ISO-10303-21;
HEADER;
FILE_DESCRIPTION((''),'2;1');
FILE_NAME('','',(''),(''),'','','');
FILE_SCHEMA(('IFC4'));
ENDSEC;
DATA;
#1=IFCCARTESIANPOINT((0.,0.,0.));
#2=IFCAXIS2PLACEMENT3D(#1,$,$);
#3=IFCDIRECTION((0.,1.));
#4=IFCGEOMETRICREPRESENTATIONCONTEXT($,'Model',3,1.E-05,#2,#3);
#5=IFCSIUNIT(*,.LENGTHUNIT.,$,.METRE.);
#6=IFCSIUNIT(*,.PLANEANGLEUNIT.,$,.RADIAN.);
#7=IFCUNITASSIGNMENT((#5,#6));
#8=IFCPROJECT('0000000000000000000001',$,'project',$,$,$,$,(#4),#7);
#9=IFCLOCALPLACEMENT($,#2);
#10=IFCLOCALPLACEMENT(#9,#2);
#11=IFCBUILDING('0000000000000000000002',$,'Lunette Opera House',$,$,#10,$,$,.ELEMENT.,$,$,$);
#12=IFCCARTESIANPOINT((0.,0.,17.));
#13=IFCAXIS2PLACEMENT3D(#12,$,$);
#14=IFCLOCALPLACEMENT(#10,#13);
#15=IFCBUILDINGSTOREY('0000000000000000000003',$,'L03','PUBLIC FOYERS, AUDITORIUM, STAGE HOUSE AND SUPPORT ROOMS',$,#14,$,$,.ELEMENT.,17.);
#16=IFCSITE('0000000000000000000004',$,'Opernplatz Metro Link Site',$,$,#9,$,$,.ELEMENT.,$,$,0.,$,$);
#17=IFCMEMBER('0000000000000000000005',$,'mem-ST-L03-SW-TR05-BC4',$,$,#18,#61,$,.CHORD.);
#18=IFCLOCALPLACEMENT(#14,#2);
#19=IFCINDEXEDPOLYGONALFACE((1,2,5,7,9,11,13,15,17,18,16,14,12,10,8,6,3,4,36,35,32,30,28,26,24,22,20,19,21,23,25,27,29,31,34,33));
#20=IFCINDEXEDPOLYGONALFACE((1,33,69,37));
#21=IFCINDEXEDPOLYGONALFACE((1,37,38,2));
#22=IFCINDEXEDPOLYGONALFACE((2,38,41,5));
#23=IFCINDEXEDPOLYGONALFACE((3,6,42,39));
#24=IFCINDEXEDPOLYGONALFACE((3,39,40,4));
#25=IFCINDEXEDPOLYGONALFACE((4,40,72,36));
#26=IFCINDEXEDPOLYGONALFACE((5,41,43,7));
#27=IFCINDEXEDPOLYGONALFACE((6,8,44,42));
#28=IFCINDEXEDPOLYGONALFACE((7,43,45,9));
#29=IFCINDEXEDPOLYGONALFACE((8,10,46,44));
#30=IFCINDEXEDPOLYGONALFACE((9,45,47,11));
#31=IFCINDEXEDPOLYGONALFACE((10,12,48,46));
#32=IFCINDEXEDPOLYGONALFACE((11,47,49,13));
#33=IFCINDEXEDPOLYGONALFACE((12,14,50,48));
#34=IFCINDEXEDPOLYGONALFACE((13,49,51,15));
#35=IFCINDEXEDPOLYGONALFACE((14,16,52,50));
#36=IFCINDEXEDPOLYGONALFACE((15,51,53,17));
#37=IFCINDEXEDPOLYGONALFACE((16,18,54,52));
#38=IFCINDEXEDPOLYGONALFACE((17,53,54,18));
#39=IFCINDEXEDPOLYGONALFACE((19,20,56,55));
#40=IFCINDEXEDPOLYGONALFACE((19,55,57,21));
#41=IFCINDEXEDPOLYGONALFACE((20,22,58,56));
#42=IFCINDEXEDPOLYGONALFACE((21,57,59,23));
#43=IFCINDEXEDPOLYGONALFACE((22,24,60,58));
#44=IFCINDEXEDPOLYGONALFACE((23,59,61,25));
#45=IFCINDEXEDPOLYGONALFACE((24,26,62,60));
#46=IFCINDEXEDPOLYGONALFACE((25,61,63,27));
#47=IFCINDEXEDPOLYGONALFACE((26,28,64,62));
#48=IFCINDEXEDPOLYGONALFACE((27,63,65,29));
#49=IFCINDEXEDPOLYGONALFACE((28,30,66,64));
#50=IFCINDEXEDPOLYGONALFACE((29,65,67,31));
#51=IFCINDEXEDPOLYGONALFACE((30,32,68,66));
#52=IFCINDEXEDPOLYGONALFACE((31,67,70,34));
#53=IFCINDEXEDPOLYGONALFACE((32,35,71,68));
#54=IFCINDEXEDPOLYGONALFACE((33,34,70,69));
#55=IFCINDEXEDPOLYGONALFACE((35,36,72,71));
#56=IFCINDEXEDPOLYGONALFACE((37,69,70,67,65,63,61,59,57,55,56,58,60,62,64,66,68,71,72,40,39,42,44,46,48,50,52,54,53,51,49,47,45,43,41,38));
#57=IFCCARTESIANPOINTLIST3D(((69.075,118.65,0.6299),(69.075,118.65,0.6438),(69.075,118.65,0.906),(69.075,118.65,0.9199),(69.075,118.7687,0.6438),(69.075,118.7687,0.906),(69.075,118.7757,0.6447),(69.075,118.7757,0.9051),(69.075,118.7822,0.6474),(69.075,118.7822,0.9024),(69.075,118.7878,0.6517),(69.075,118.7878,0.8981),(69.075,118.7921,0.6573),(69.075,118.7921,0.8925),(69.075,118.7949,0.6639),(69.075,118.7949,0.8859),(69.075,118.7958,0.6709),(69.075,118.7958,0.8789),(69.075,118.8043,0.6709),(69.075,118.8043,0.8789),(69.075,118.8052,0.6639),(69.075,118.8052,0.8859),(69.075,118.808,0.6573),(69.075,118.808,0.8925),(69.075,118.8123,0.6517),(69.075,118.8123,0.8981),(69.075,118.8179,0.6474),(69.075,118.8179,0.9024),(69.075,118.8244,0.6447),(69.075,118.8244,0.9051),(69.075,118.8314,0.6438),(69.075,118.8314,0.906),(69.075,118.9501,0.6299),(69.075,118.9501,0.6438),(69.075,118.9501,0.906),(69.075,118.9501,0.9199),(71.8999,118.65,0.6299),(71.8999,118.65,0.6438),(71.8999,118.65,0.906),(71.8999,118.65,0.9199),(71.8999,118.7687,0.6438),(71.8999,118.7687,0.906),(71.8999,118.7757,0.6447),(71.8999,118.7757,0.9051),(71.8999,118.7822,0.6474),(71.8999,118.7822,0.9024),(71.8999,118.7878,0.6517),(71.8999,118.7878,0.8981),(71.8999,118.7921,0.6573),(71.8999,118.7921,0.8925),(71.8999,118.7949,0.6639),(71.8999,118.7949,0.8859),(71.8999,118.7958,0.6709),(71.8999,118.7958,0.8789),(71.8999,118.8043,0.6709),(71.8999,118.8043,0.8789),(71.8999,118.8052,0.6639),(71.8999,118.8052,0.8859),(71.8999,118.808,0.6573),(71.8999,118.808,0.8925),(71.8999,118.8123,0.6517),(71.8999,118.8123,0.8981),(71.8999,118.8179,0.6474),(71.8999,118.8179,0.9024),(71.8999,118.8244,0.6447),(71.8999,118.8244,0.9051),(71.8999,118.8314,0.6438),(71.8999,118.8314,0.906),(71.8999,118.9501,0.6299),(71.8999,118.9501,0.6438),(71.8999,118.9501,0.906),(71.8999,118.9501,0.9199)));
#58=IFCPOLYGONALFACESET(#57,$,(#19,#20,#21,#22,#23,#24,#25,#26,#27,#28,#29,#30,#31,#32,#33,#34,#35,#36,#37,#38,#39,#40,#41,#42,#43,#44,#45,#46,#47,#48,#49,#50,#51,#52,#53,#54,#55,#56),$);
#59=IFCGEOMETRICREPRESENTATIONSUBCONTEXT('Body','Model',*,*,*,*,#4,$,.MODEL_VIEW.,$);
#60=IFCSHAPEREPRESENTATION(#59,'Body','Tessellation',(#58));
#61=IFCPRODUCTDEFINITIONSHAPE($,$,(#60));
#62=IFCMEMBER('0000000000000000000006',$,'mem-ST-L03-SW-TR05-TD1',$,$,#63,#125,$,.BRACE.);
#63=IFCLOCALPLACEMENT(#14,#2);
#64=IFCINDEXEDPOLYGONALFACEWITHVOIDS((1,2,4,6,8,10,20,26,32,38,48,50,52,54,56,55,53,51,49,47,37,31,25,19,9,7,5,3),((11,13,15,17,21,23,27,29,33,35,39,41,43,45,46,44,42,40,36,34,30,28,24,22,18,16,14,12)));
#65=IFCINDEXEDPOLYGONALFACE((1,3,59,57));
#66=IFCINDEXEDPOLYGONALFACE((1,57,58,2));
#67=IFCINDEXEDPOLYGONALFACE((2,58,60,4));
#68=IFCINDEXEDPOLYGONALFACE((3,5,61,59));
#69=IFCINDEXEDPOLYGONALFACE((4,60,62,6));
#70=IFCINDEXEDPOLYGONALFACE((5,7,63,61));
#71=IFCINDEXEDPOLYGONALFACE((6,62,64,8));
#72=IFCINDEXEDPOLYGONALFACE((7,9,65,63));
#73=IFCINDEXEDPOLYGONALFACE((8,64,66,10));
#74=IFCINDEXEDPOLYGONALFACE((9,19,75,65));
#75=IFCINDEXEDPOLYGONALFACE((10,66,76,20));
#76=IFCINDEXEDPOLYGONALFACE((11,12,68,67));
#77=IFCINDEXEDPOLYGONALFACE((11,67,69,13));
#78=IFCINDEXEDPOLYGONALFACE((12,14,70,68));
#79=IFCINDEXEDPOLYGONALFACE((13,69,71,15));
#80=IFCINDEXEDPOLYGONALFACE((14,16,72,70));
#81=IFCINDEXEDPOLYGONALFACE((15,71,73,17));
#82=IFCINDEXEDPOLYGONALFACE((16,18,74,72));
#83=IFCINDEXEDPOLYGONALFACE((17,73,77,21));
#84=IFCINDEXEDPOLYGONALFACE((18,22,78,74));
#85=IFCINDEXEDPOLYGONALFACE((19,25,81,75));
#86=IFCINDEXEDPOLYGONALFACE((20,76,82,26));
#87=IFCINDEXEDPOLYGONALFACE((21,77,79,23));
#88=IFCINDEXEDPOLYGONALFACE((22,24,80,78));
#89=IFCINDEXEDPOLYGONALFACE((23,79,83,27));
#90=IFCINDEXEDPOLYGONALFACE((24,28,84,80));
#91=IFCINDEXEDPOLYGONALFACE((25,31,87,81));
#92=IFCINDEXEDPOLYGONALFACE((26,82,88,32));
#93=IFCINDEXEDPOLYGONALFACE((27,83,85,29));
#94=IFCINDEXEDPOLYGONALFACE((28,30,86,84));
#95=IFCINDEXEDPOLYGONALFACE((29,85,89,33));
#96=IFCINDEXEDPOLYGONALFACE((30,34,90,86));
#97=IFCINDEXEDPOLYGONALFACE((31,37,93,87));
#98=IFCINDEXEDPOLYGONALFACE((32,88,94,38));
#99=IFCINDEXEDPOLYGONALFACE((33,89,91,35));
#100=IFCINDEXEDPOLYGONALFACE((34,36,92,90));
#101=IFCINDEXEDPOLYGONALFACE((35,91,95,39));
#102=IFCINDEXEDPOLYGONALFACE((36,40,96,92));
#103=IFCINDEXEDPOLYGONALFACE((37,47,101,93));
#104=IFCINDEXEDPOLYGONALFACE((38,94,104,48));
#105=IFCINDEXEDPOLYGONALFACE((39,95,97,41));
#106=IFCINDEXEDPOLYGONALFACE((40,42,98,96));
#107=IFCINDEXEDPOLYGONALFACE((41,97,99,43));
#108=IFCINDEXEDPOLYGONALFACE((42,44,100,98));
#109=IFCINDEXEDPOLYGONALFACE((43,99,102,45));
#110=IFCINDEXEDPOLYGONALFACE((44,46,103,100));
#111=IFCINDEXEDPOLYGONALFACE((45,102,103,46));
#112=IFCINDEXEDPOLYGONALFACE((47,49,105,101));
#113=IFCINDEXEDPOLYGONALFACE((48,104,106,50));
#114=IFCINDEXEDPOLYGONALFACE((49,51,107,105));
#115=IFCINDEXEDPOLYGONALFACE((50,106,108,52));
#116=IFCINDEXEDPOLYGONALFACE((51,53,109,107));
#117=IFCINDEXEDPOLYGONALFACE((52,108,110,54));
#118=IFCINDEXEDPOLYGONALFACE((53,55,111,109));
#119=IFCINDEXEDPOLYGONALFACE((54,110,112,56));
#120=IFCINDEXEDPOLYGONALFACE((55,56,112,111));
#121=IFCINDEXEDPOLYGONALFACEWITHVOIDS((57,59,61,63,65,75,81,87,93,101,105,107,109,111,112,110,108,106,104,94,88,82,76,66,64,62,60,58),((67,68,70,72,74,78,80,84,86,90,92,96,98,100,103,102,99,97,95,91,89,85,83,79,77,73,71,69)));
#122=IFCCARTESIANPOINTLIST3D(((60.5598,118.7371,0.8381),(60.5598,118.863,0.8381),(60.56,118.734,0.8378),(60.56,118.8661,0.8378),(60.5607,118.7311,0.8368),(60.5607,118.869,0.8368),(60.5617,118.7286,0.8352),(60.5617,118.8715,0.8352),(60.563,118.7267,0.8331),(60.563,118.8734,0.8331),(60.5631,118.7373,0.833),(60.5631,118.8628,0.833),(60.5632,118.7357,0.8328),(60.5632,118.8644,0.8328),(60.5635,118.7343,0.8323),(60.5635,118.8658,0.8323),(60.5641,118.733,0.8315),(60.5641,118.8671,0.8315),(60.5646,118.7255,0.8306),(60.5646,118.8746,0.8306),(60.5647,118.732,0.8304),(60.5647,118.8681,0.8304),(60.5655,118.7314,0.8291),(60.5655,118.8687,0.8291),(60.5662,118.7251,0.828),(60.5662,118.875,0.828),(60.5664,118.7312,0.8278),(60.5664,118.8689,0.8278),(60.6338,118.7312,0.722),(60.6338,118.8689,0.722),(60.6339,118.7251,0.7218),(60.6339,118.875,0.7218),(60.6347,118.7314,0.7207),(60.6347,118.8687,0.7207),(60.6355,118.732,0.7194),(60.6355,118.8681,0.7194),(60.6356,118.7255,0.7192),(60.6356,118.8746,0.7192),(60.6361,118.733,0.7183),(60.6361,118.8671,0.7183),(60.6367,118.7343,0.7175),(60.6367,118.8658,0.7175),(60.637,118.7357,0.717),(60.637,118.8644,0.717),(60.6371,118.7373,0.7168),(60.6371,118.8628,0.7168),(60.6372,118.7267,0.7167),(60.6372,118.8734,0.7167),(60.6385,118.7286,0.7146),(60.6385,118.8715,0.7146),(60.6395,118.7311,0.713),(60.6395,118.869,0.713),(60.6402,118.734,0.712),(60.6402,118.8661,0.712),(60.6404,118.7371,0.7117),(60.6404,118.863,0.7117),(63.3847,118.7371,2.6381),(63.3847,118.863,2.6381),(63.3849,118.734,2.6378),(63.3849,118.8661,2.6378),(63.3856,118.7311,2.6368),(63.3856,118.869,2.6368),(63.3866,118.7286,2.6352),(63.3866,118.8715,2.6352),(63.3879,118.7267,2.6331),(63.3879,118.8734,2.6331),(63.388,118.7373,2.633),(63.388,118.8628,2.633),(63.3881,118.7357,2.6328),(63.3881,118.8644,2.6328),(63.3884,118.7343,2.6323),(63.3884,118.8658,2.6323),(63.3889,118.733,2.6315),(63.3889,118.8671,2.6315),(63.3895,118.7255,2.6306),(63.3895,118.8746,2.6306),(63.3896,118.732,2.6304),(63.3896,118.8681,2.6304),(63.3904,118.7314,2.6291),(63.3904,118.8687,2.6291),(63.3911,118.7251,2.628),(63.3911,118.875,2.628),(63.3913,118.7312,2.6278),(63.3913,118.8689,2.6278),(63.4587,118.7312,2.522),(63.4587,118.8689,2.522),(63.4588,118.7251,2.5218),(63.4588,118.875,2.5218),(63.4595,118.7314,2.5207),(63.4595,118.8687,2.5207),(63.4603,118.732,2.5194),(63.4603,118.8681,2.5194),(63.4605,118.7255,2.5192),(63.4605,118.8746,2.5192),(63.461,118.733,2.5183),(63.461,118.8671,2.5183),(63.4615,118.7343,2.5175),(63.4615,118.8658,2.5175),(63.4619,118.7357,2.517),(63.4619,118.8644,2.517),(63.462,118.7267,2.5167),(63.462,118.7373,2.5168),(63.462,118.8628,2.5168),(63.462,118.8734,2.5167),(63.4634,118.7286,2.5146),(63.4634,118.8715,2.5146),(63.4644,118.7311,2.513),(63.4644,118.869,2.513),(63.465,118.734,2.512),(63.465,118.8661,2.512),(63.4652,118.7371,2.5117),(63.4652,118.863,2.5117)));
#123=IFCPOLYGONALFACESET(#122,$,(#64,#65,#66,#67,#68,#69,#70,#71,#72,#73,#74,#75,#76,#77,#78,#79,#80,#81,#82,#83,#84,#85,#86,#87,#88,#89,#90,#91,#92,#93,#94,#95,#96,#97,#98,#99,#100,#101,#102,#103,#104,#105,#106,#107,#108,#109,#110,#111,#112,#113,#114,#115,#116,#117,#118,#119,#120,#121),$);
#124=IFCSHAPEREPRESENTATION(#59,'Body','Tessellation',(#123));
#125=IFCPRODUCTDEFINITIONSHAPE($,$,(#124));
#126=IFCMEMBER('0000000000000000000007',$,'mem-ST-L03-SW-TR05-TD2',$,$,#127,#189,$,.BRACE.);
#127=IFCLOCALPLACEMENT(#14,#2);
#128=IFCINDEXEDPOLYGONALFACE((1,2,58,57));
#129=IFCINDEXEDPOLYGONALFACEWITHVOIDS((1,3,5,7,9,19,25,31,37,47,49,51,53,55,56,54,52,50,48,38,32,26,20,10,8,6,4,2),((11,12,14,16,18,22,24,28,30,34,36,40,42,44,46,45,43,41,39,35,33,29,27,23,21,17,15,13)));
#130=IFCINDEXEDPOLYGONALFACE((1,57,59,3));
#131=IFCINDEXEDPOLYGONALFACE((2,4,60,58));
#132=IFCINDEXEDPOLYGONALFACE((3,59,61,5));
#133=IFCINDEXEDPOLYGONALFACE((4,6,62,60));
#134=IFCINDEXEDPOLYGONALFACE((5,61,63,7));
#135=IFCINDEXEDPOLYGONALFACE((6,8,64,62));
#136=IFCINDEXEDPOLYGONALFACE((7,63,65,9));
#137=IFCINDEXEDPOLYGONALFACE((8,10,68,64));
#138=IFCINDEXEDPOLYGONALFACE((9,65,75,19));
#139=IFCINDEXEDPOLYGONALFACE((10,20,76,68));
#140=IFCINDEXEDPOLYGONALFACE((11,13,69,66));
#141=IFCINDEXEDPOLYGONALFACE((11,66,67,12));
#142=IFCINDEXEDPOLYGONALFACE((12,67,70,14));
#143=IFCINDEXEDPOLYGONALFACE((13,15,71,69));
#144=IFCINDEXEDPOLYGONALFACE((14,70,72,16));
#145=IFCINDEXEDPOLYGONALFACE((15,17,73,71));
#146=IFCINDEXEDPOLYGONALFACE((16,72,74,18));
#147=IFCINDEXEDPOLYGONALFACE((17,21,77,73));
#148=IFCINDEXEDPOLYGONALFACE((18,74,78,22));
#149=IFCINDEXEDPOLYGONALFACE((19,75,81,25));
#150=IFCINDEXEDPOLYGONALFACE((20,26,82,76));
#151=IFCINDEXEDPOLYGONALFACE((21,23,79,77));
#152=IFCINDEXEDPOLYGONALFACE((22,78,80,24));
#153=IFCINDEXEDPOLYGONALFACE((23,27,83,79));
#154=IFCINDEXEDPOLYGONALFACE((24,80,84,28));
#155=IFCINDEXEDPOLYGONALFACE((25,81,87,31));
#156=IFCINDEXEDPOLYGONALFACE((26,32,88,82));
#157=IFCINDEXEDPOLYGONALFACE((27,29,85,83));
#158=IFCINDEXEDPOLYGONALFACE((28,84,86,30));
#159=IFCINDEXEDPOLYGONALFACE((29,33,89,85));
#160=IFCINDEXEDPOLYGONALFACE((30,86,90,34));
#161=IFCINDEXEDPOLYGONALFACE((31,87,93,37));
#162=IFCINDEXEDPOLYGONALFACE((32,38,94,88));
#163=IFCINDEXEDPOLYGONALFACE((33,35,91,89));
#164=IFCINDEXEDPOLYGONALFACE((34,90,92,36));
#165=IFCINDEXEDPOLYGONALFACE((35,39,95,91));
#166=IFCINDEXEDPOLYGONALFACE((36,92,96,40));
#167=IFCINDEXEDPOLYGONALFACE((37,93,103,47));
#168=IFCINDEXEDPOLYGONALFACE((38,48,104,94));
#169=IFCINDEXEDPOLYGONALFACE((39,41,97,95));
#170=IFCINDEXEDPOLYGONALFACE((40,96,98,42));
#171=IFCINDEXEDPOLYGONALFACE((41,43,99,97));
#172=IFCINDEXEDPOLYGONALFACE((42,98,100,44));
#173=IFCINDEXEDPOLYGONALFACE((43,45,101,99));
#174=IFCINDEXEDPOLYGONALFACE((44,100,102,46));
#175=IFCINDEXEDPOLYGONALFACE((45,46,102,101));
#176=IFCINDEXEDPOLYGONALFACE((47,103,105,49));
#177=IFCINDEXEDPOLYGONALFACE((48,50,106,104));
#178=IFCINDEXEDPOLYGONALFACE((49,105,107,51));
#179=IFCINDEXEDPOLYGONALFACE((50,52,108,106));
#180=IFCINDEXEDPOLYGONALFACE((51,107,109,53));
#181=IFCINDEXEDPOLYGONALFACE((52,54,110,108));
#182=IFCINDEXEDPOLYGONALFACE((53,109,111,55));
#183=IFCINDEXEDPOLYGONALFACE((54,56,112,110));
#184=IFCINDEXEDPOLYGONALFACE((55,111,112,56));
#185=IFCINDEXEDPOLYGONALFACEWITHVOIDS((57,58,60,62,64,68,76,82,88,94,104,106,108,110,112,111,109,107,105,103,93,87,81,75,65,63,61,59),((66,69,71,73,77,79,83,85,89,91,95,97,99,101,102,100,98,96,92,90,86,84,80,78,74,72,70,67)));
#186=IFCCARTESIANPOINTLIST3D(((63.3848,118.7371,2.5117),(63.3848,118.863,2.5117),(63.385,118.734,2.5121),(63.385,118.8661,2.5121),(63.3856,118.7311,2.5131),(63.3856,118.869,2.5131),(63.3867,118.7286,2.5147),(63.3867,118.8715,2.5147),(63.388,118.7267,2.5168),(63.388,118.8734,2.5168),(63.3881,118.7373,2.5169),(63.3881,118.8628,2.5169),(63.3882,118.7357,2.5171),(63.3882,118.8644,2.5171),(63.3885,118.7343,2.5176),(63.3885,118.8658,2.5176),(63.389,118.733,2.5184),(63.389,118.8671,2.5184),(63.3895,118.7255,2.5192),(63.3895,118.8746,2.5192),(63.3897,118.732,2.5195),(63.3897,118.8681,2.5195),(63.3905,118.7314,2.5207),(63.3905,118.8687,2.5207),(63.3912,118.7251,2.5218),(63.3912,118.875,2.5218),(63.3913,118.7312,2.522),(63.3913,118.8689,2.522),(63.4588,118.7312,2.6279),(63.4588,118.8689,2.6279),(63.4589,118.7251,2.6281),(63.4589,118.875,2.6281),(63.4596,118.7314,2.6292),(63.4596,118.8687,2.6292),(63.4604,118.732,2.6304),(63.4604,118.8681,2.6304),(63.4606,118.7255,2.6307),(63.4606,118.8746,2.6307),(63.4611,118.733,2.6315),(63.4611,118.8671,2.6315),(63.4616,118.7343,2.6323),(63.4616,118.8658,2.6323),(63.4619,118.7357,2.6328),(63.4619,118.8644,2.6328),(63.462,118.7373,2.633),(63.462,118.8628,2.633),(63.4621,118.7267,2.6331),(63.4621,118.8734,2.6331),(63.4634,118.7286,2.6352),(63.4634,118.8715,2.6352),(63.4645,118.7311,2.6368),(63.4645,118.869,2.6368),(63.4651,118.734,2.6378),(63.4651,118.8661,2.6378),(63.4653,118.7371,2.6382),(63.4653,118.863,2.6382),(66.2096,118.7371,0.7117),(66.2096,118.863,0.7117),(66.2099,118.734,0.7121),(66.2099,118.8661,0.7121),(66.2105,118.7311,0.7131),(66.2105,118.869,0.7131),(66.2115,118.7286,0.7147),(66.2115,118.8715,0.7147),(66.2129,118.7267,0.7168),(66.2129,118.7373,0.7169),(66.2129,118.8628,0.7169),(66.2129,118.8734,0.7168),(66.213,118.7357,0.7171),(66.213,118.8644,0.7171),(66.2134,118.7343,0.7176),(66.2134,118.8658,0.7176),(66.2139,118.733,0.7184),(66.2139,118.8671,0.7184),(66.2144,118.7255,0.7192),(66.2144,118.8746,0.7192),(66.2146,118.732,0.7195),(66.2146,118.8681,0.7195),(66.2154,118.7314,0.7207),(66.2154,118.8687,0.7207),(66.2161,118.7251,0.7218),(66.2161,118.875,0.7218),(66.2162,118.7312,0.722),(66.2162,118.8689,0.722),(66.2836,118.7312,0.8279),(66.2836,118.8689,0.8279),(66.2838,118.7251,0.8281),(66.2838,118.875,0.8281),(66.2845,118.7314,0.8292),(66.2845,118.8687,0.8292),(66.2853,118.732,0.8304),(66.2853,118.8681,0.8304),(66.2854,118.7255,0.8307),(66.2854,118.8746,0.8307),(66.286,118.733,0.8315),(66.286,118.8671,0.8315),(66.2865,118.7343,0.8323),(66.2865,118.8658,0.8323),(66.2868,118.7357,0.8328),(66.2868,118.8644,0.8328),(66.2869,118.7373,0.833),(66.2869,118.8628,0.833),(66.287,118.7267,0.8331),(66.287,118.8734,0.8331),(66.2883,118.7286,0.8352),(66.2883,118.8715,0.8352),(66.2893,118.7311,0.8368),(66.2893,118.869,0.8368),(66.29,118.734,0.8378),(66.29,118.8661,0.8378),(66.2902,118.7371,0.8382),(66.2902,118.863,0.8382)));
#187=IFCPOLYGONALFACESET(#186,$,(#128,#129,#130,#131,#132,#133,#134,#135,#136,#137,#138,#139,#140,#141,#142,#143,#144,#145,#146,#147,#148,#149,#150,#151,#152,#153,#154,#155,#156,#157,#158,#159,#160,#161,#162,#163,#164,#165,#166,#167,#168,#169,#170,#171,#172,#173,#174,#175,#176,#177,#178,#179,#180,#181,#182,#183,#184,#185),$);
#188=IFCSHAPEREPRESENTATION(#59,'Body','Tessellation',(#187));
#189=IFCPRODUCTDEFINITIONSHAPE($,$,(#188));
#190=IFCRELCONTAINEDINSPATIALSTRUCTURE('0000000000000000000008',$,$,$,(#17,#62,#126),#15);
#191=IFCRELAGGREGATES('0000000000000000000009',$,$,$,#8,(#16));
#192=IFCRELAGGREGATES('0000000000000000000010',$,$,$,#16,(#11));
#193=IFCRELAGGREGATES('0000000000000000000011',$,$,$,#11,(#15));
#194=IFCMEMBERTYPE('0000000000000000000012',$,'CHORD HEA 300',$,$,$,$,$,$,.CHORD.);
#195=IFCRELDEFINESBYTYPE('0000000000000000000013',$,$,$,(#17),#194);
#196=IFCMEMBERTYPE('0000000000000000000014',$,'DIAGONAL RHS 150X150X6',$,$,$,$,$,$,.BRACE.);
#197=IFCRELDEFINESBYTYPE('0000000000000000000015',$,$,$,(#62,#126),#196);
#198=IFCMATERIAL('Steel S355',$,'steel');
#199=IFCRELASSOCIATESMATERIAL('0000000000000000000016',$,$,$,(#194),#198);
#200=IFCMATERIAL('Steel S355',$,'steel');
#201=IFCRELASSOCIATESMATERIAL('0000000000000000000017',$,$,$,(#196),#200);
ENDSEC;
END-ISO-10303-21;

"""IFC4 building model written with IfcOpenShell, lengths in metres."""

from ifc_helpers import new_model, si_unit, direction, frame, origin, origin_2d, place, context, subcontext, project, spatial, hollow_rectangle, i_section, extrude, material, material_profile, profile_set, type_object, element, save


model = new_model("IFC4")

# Units and contexts
model_context = context("Model", 3, precision=1e-05, world=origin(), true_north=direction((0.0, 1.0)))
body_context = subcontext(model_context, "Body", "Model", "MODEL_VIEW")
ifc_project = project(units=[si_unit("LENGTHUNIT", "METRE"), si_unit("PLANEANGLEUNIT", "RADIAN")], contexts=[model_context])

# Site, building, storey
site_placement = place(None, origin())
site = spatial("IfcSite", under=ifc_project, at=site_placement, Name="Opernplatz Metro Link Site", CompositionType="ELEMENT", RefElevation=0.0)
building_placement = place(site_placement, origin())
building = spatial("IfcBuilding", under=site, at=building_placement, Name="Lunette Opera House", CompositionType="ELEMENT")
storey_placement = place(building_placement, frame((0.0, 0.0, 17.0)))
storey = spatial("IfcBuildingStorey", under=building, at=storey_placement, Name="L03", Description="PUBLIC FOYERS, AUDITORIUM, STAGE HOUSE AND SUPPORT ROOMS", CompositionType="ELEMENT", Elevation=17.0)

# Members
ifc_material_1 = material(Name="Steel S355", Category="steel")
ifc_material_profile_1 = material_profile(ifc_material_1, i_section(OverallWidth=0.3, OverallDepth=0.29, WebThickness=0.0085, FlangeThickness=0.0139, FilletRadius=0.0271, at=origin_2d()), Name="HEA 300")
ifc_profile_set_1 = profile_set([ifc_material_profile_1], Name="Steel S355")
member_type_1 = type_object("IfcMemberType", Name="CHORD HEA 300", PredefinedType="CHORD", material=ifc_profile_set_1)
for number, where, z_axis, x_axis, name in (
    (1, (69.075, 118.8, 0.7749), (1.0, 0.0, 0.0), (0.0, 1.0, 0.0), "mem-ST-L03-SW-TR05-BC4"),
):
    element("IfcMember", number, at=place(storey_placement, frame(where, z_axis=z_axis, x_axis=x_axis)), inside=storey, type_object=member_type_1, Name=name, PredefinedType="CHORD", context=body_context, shape_type="SweptSolid", body=[
        extrude(i_section(OverallWidth=0.3, OverallDepth=0.29, WebThickness=0.0085, FlangeThickness=0.0139, FilletRadius=0.0271, at=origin_2d()), origin(), (0.0, 0.0, 1.0), 2.825),
    ])
ifc_material_2 = material(Name="Steel S355", Category="steel")
ifc_material_profile_2 = material_profile(ifc_material_2, hollow_rectangle(XDim=0.1499, YDim=0.1499, WallThickness=0.0061, InnerFilletRadius=0.0061, OuterFilletRadius=0.012, at=origin_2d()), Name="RHS 150X150X6")
ifc_profile_set_2 = profile_set([ifc_material_profile_2], Name="Steel S355")
member_type_2 = type_object("IfcMemberType", Name="DIAGONAL RHS 150X150X6", PredefinedType="BRACE", material=ifc_profile_set_2)
for number, where, z_axis, x_axis, name in (
    (2, (60.6001, 118.8, 0.7749), (0.843343, 0.0, 0.537375), (0.0, 1.0, 0.0), "mem-ST-L03-SW-TR05-TD1"),
    (3, (63.425, 118.8, 2.575), (0.843343, 0.0, -0.537375), (0.0, 1.0, 0.0), "mem-ST-L03-SW-TR05-TD2"),
):
    element("IfcMember", number, at=place(storey_placement, frame(where, z_axis=z_axis, x_axis=x_axis)), inside=storey, type_object=member_type_2, Name=name, PredefinedType="BRACE", context=body_context, shape_type="SweptSolid", body=[
        extrude(hollow_rectangle(XDim=0.1499, YDim=0.1499, WallThickness=0.0061, InnerFilletRadius=0.0061, OuterFilletRadius=0.012, at=origin_2d()), origin(), (0.0, 0.0, 1.0), 3.3496),
    ])

save(model, "model.ifc")
